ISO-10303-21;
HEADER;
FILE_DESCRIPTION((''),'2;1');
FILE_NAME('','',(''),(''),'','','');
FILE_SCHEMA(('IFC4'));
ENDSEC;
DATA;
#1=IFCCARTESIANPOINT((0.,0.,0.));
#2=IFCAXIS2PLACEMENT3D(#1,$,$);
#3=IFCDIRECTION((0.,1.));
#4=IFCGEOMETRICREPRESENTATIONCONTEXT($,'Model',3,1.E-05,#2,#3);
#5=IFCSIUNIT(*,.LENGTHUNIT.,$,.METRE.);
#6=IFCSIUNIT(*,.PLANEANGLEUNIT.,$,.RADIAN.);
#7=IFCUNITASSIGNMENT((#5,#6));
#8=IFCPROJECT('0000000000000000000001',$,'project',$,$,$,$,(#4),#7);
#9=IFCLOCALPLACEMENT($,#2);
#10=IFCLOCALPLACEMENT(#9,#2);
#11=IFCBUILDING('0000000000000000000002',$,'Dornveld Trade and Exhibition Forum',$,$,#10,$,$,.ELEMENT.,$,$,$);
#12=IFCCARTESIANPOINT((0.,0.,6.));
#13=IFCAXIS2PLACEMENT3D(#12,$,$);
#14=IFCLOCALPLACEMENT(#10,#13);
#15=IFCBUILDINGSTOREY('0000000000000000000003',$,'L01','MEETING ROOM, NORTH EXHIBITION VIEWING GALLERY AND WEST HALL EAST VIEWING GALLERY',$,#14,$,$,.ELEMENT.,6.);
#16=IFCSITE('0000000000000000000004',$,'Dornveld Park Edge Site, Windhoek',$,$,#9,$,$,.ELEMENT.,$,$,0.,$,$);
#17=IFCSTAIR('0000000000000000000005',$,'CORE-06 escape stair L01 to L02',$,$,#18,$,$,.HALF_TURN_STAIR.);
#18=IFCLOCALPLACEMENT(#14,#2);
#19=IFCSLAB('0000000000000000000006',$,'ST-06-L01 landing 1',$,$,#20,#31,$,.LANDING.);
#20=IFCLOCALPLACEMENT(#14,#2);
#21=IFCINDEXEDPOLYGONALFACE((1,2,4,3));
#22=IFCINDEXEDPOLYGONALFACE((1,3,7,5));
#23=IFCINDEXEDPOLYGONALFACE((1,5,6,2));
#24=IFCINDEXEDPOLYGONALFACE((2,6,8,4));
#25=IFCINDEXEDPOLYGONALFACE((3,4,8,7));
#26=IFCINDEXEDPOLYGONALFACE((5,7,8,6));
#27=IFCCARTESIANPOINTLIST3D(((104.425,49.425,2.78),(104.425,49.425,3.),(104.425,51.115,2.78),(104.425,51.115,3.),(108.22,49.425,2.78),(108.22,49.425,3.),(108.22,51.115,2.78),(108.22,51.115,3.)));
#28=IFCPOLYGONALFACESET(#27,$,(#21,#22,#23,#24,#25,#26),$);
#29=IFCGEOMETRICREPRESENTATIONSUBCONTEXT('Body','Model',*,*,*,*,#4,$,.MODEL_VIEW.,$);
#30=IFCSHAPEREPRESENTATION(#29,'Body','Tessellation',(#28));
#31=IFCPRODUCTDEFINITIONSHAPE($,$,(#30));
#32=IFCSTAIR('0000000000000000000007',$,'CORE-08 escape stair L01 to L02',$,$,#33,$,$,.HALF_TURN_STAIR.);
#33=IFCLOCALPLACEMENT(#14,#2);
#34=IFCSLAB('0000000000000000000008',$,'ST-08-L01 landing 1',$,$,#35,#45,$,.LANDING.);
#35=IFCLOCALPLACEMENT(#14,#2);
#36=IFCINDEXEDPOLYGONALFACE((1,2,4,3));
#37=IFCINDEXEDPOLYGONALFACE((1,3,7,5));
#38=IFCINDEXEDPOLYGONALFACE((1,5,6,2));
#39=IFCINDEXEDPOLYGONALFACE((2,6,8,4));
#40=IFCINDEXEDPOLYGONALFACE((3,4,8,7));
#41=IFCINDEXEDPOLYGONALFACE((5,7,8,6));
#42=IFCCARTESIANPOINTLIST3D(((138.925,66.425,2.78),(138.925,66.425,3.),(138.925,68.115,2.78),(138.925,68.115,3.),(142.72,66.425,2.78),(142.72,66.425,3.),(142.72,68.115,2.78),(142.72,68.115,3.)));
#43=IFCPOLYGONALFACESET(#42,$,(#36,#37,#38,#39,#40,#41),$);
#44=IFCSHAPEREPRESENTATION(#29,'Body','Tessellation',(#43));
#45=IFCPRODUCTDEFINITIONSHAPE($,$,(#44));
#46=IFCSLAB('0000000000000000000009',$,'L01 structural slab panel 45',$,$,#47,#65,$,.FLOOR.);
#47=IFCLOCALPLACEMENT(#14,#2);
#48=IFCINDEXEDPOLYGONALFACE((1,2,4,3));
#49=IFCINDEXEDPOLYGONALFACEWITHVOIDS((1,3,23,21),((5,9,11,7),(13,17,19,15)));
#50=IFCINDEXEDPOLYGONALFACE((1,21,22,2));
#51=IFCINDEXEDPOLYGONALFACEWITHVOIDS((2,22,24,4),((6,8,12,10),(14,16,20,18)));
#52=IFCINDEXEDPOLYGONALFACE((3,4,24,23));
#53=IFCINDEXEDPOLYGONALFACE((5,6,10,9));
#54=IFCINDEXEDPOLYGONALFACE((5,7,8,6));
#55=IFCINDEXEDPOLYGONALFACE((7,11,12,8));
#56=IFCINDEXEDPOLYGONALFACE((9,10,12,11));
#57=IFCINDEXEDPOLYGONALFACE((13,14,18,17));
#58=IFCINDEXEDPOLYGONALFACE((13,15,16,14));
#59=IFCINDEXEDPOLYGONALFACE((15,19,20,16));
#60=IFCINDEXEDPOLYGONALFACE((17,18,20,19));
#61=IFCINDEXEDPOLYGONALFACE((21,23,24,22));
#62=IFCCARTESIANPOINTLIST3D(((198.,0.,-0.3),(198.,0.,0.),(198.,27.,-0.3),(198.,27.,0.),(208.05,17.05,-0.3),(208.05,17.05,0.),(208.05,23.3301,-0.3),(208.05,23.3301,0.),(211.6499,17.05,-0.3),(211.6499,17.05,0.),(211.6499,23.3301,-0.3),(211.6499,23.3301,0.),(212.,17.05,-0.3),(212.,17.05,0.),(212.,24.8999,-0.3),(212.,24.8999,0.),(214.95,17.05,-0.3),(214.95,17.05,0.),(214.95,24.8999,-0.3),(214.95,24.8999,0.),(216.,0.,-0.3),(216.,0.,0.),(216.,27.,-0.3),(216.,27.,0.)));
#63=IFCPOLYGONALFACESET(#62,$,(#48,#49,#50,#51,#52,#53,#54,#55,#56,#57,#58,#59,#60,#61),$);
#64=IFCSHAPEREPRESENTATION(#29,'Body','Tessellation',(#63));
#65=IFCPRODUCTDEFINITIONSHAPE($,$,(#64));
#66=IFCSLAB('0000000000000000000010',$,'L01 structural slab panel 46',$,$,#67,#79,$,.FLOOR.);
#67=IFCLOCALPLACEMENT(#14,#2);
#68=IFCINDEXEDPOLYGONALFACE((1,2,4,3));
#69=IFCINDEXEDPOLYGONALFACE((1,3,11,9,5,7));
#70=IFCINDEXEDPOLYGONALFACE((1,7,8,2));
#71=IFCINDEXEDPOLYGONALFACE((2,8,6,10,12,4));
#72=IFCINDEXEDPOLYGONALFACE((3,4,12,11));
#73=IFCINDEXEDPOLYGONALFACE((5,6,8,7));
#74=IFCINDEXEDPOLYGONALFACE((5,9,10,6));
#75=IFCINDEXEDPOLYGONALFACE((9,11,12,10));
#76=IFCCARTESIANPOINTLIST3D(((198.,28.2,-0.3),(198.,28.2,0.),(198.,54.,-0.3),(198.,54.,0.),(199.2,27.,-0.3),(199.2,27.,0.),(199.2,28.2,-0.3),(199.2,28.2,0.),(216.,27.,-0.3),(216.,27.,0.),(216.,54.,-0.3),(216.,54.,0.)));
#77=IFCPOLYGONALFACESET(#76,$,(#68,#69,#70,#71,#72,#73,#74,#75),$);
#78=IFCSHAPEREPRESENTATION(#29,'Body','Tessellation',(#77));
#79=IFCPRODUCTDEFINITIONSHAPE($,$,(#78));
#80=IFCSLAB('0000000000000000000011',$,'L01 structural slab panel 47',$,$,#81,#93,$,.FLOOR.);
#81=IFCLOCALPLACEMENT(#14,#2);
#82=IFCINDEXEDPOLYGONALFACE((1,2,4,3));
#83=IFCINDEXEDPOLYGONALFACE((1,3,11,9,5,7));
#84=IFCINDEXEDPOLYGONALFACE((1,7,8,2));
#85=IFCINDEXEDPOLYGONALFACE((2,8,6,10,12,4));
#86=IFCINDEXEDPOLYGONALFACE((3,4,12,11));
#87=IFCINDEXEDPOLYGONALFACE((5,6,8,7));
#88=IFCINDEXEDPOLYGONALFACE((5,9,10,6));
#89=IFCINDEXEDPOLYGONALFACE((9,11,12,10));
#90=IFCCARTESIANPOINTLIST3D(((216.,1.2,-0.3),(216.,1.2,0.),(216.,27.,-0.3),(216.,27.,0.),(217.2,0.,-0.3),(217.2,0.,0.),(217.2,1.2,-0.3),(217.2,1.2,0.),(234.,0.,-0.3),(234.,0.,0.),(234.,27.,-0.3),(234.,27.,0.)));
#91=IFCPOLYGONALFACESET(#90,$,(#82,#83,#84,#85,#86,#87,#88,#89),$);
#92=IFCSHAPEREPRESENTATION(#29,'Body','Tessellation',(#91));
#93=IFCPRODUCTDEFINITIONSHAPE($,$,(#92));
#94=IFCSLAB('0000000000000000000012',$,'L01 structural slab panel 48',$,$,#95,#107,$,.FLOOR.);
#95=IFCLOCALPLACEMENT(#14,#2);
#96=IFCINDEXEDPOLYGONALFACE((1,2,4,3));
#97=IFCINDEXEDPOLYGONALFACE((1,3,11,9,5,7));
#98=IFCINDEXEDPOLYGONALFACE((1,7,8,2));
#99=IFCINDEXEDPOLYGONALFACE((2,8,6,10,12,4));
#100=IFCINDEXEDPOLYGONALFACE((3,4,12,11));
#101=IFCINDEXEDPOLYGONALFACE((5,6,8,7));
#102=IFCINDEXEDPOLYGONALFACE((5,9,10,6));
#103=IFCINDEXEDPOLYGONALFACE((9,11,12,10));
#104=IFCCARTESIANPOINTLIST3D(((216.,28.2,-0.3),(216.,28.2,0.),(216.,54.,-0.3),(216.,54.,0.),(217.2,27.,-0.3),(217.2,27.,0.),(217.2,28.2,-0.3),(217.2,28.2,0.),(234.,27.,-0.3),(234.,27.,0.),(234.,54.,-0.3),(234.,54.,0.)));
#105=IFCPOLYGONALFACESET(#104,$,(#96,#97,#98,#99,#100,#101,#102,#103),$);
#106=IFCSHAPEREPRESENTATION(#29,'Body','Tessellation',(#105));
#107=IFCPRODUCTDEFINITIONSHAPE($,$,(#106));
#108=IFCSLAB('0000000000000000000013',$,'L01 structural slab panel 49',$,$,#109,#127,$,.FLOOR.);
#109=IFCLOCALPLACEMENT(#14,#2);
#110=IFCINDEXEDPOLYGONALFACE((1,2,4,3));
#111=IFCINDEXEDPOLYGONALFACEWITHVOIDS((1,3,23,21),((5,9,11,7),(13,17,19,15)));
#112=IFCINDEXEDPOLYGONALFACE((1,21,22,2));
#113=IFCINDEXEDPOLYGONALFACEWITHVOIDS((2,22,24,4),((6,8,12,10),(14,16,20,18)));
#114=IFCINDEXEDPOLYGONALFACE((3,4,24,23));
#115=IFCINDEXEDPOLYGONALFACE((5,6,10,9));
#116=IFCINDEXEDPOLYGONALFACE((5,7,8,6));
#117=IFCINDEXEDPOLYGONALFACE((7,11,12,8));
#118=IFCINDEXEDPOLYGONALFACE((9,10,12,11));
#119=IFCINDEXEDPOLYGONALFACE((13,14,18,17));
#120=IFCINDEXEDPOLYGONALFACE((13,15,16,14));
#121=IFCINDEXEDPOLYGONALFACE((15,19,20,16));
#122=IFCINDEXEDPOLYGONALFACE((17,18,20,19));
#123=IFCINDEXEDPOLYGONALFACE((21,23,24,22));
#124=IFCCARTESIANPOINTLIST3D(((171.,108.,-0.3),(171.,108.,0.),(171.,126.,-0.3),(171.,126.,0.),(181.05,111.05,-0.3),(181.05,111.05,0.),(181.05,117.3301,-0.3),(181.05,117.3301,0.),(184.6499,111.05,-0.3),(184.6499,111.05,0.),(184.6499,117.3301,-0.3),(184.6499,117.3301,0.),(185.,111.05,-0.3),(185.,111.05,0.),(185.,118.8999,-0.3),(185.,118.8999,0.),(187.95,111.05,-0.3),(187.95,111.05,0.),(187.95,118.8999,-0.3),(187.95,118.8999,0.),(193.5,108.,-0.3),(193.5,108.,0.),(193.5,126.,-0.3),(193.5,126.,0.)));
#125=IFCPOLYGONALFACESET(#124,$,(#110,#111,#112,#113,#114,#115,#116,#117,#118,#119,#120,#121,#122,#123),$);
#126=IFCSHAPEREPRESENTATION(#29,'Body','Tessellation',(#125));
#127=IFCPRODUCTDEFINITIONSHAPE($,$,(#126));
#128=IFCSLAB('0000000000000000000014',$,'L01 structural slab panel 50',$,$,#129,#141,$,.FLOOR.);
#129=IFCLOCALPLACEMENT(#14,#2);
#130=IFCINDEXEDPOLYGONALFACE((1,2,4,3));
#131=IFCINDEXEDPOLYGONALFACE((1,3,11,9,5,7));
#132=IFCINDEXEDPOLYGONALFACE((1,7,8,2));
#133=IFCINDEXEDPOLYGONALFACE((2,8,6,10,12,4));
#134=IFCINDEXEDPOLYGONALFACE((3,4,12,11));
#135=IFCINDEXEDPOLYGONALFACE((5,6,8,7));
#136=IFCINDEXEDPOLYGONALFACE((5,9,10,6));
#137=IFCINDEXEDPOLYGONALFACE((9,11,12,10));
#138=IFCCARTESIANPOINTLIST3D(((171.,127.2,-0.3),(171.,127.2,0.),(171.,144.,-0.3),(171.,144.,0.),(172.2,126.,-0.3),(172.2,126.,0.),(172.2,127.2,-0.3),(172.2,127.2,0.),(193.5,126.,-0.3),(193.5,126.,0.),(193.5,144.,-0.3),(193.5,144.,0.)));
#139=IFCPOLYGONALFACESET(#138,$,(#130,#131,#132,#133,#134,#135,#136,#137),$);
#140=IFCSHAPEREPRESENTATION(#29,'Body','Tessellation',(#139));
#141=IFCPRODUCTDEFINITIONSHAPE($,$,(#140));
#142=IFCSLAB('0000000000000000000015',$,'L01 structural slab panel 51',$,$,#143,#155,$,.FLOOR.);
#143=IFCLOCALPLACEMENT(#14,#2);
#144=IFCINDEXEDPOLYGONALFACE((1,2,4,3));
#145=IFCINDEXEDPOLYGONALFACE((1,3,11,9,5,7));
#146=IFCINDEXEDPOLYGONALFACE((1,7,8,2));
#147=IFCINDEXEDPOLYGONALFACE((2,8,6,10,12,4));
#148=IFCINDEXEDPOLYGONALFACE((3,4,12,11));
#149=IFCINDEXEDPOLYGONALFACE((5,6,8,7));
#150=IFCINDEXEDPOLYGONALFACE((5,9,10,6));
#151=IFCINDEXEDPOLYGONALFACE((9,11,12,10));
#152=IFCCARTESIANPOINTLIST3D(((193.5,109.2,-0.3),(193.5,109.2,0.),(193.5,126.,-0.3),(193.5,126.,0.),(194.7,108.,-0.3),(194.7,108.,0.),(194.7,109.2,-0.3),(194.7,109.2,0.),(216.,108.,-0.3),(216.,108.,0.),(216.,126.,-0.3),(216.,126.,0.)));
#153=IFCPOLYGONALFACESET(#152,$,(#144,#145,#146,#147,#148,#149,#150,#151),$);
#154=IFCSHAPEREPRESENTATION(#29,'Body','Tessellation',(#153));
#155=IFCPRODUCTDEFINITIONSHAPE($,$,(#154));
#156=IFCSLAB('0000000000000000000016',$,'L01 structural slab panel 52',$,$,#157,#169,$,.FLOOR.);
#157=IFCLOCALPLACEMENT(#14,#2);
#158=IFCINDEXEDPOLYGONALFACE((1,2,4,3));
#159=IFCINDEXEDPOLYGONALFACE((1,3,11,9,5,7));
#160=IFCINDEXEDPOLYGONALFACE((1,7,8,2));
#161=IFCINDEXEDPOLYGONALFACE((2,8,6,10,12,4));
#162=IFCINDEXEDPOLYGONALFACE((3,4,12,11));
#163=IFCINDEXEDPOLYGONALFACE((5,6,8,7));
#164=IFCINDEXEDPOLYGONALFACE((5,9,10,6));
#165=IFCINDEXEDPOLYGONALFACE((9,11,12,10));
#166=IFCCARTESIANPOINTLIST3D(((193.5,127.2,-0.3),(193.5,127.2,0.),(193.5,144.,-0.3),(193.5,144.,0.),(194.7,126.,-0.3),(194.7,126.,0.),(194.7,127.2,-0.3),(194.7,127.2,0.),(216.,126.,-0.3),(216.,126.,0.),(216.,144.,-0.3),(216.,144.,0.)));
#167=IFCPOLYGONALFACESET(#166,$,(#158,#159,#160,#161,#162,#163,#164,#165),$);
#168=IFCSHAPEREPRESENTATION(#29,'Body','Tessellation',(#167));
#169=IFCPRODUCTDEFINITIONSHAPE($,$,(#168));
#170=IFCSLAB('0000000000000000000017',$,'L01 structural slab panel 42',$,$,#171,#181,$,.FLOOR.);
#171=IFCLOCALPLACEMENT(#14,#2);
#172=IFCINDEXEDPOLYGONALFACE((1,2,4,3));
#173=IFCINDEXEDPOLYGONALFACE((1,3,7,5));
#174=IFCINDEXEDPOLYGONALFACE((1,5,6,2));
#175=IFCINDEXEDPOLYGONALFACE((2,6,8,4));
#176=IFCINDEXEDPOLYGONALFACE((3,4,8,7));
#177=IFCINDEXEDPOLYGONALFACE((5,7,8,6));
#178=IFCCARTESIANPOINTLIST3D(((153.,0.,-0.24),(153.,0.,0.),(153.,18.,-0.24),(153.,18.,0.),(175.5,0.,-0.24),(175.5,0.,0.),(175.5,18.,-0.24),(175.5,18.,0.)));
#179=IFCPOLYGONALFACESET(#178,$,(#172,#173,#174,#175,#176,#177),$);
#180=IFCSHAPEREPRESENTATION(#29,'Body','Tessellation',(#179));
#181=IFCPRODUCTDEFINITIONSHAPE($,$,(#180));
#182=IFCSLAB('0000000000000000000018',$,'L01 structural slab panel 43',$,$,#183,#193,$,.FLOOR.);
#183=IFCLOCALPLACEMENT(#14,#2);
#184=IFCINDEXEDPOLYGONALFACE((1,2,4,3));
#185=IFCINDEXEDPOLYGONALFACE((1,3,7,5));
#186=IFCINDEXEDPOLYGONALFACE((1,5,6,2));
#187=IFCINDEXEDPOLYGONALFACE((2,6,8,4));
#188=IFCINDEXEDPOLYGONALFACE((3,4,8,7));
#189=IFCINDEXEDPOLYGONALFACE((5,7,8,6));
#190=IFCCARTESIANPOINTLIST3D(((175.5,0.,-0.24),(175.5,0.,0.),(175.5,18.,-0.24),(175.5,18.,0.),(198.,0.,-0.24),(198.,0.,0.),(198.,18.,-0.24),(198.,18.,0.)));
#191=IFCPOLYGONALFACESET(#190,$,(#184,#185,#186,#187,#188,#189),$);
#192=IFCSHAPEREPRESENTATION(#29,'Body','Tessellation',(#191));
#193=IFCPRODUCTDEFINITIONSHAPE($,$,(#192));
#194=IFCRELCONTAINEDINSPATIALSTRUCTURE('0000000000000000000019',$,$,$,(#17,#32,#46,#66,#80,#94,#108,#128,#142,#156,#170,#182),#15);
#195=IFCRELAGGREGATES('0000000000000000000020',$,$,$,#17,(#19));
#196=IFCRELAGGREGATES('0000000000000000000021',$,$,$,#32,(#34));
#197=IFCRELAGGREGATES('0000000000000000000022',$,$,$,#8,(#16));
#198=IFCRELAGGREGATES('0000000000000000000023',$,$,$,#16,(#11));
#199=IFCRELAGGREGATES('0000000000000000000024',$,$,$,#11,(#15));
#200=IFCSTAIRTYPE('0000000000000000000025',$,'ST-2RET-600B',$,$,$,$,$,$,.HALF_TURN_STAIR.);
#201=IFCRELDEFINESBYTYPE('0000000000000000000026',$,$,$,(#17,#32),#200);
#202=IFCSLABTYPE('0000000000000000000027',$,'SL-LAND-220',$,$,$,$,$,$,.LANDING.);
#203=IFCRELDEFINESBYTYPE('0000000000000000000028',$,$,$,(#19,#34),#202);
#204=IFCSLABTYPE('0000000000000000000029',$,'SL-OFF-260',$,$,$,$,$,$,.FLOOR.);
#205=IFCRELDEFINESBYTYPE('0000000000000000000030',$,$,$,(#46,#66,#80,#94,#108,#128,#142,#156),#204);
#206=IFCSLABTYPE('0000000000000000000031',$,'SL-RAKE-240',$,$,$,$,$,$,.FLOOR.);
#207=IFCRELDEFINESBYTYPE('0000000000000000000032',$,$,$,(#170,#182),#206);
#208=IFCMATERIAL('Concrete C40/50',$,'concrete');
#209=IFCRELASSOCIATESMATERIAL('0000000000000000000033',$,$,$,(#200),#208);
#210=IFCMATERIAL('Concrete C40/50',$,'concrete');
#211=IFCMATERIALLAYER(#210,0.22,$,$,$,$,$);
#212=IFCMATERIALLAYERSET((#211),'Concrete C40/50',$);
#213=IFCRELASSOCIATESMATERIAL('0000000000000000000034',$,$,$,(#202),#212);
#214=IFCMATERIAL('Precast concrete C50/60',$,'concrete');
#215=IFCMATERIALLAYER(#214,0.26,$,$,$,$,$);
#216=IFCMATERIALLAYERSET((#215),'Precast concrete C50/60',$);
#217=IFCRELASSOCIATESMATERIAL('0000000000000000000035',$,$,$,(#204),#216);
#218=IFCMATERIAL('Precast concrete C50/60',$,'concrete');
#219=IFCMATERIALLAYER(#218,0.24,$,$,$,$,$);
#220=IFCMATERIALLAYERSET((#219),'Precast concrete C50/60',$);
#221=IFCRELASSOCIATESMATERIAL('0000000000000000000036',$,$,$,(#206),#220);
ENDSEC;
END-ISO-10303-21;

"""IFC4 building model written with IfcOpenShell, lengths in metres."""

from ifc_helpers import new_model, si_unit, direction, frame, origin, place, context, subcontext, project, spatial, polyline, outline, extrude, material, layer, layer_set, type_object, element, aggregate, save


model = new_model("IFC4")

# Units and contexts
model_context = context("Model", 3, precision=1e-05, world=origin(), true_north=direction((0.0, 1.0)))
body_context = subcontext(model_context, "Body", "Model", "MODEL_VIEW")
ifc_project = project(units=[si_unit("LENGTHUNIT", "METRE"), si_unit("PLANEANGLEUNIT", "RADIAN")], contexts=[model_context])

# Site, building, storey
site_placement = place(None, origin())
site = spatial("IfcSite", under=ifc_project, at=site_placement, Name="Dornveld Park Edge Site, Windhoek", CompositionType="ELEMENT", RefElevation=0.0)
building_placement = place(site_placement, origin())
building = spatial("IfcBuilding", under=site, at=building_placement, Name="Dornveld Trade and Exhibition Forum", CompositionType="ELEMENT")
storey_placement = place(building_placement, frame((0.0, 0.0, 6.0)))
storey = spatial("IfcBuildingStorey", under=building, at=storey_placement, Name="L01", Description="MEETING ROOM, NORTH EXHIBITION VIEWING GALLERY AND WEST HALL EAST VIEWING GALLERY", CompositionType="ELEMENT", Elevation=6.0)

# Stairs, slabs
ifc_material_1 = material(Name="Concrete C40/50", Category="concrete")
stair_type_1 = type_object("IfcStairType", Name="ST-2RET-600B", PredefinedType="HALF_TURN_STAIR", material=ifc_material_1)
ifc_material_2 = material(Name="Concrete C40/50", Category="concrete")
ifc_layer_1 = layer(ifc_material_2, 0.22)
ifc_layer_set_1 = layer_set([ifc_layer_1], Name="Concrete C40/50")
slab_type_1 = type_object("IfcSlabType", Name="SL-LAND-220", PredefinedType="LANDING", material=ifc_layer_set_1)
stair_1_placement = place(storey_placement, origin())
stair_1 = element("IfcStair", 1, at=stair_1_placement, inside=storey, type_object=stair_type_1, Name="CORE-06 escape stair L01 to L02", PredefinedType="HALF_TURN_STAIR")
slab_1_placement = place(storey_placement, frame((0.0, 0.0, 2.78)))
slab_1 = element("IfcSlab", 2, at=slab_1_placement, type_object=slab_type_1, Name="ST-06-L01 landing 1", PredefinedType="LANDING", context=body_context, shape_type="SweptSolid", body=[
    extrude(outline(polyline([(104.425, 49.425), (108.22, 49.425), (108.22, 51.115), (104.425, 51.115), (104.425, 49.425)])), origin(), (0.0, 0.0, 1.0), 0.22),
])
aggregate(stair_1, [slab_1])
stair_2_placement = place(storey_placement, origin())
stair_2 = element("IfcStair", 3, at=stair_2_placement, inside=storey, type_object=stair_type_1, Name="CORE-08 escape stair L01 to L02", PredefinedType="HALF_TURN_STAIR")
slab_2_placement = place(storey_placement, frame((0.0, 0.0, 2.78)))
slab_2 = element("IfcSlab", 4, at=slab_2_placement, type_object=slab_type_1, Name="ST-08-L01 landing 1", PredefinedType="LANDING", context=body_context, shape_type="SweptSolid", body=[
    extrude(outline(polyline([(138.925, 66.425), (142.72, 66.425), (142.72, 68.115), (138.925, 68.115), (138.925, 66.425)])), origin(), (0.0, 0.0, 1.0), 0.22),
])
aggregate(stair_2, [slab_2])

# Slabs
ifc_material_3 = material(Name="Precast concrete C50/60", Category="concrete")
ifc_layer_2 = layer(ifc_material_3, 0.26)
ifc_layer_set_2 = layer_set([ifc_layer_2], Name="Precast concrete C50/60")
slab_type_2 = type_object("IfcSlabType", Name="SL-OFF-260", PredefinedType="FLOOR", material=ifc_layer_set_2)
slab_3_placement = place(storey_placement, frame((0.0, 0.0, -0.3)))
element("IfcSlab", 5, at=slab_3_placement, inside=storey, type_object=slab_type_2, Name="L01 structural slab panel 45", PredefinedType="FLOOR", context=body_context, shape_type="SweptSolid", body=[
    extrude(outline(polyline([(198.0, 0.0), (216.0, 0.0), (216.0, 27.0), (198.0, 27.0), (198.0, 0.0)]), holes=[polyline([(208.05, 17.05), (211.6499, 17.05), (211.6499, 23.3301), (208.05, 23.3301), (208.05, 17.05)]), polyline([(212.0, 17.05), (214.95, 17.05), (214.95, 24.8999), (212.0, 24.8999), (212.0, 17.05)])]), origin(), (0.0, 0.0, 1.0), 0.3),
])
slab_4_placement = place(storey_placement, frame((0.0, 0.0, -0.3)))
element("IfcSlab", 6, at=slab_4_placement, inside=storey, type_object=slab_type_2, Name="L01 structural slab panel 46", PredefinedType="FLOOR", context=body_context, shape_type="SweptSolid", body=[
    extrude(outline(polyline([(199.2, 27.0), (216.0, 27.0), (216.0, 54.0), (198.0, 54.0), (198.0, 28.2), (199.2, 28.2), (199.2, 27.0)])), origin(), (0.0, 0.0, 1.0), 0.3),
])
slab_5_placement = place(storey_placement, frame((0.0, 0.0, -0.3)))
element("IfcSlab", 7, at=slab_5_placement, inside=storey, type_object=slab_type_2, Name="L01 structural slab panel 47", PredefinedType="FLOOR", context=body_context, shape_type="SweptSolid", body=[
    extrude(outline(polyline([(217.2, 0.0), (234.0, 0.0), (234.0, 27.0), (216.0, 27.0), (216.0, 1.2), (217.2, 1.2), (217.2, 0.0)])), origin(), (0.0, 0.0, 1.0), 0.3),
])
slab_6_placement = place(storey_placement, frame((0.0, 0.0, -0.3)))
element("IfcSlab", 8, at=slab_6_placement, inside=storey, type_object=slab_type_2, Name="L01 structural slab panel 48", PredefinedType="FLOOR", context=body_context, shape_type="SweptSolid", body=[
    extrude(outline(polyline([(217.2, 27.0), (234.0, 27.0), (234.0, 54.0), (216.0, 54.0), (216.0, 28.2), (217.2, 28.2), (217.2, 27.0)])), origin(), (0.0, 0.0, 1.0), 0.3),
])
slab_7_placement = place(storey_placement, frame((0.0, 0.0, -0.3)))
element("IfcSlab", 9, at=slab_7_placement, inside=storey, type_object=slab_type_2, Name="L01 structural slab panel 49", PredefinedType="FLOOR", context=body_context, shape_type="SweptSolid", body=[
    extrude(outline(polyline([(171.0, 108.0), (193.5, 108.0), (193.5, 126.0), (171.0, 126.0), (171.0, 108.0)]), holes=[polyline([(181.05, 111.05), (184.6499, 111.05), (184.6499, 117.3301), (181.05, 117.3301), (181.05, 111.05)]), polyline([(185.0, 111.05), (187.95, 111.05), (187.95, 118.8999), (185.0, 118.8999), (185.0, 111.05)])]), origin(), (0.0, 0.0, 1.0), 0.3),
])
slab_8_placement = place(storey_placement, frame((0.0, 0.0, -0.3)))
element("IfcSlab", 10, at=slab_8_placement, inside=storey, type_object=slab_type_2, Name="L01 structural slab panel 50", PredefinedType="FLOOR", context=body_context, shape_type="SweptSolid", body=[
    extrude(outline(polyline([(172.2, 126.0), (193.5, 126.0), (193.5, 144.0), (171.0, 144.0), (171.0, 127.2), (172.2, 127.2), (172.2, 126.0)])), origin(), (0.0, 0.0, 1.0), 0.3),
])
slab_9_placement = place(storey_placement, frame((0.0, 0.0, -0.3)))
element("IfcSlab", 11, at=slab_9_placement, inside=storey, type_object=slab_type_2, Name="L01 structural slab panel 51", PredefinedType="FLOOR", context=body_context, shape_type="SweptSolid", body=[
    extrude(outline(polyline([(194.7, 108.0), (216.0, 108.0), (216.0, 126.0), (193.5, 126.0), (193.5, 109.2), (194.7, 109.2), (194.7, 108.0)])), origin(), (0.0, 0.0, 1.0), 0.3),
])
slab_10_placement = place(storey_placement, frame((0.0, 0.0, -0.3)))
element("IfcSlab", 12, at=slab_10_placement, inside=storey, type_object=slab_type_2, Name="L01 structural slab panel 52", PredefinedType="FLOOR", context=body_context, shape_type="SweptSolid", body=[
    extrude(outline(polyline([(194.7, 126.0), (216.0, 126.0), (216.0, 144.0), (193.5, 144.0), (193.5, 127.2), (194.7, 127.2), (194.7, 126.0)])), origin(), (0.0, 0.0, 1.0), 0.3),
])
ifc_material_4 = material(Name="Precast concrete C50/60", Category="concrete")
ifc_layer_3 = layer(ifc_material_4, 0.24)
ifc_layer_set_3 = layer_set([ifc_layer_3], Name="Precast concrete C50/60")
slab_type_3 = type_object("IfcSlabType", Name="SL-RAKE-240", PredefinedType="FLOOR", material=ifc_layer_set_3)
slab_11_placement = place(storey_placement, frame((0.0, 0.0, -0.24)))
element("IfcSlab", 13, at=slab_11_placement, inside=storey, type_object=slab_type_3, Name="L01 structural slab panel 42", PredefinedType="FLOOR", context=body_context, shape_type="SweptSolid", body=[
    extrude(outline(polyline([(153.0, 0.0), (175.5, 0.0), (175.5, 18.0), (153.0, 18.0), (153.0, 0.0)])), origin(), (0.0, 0.0, 1.0), 0.24),
])
slab_12_placement = place(storey_placement, frame((0.0, 0.0, -0.24)))
element("IfcSlab", 14, at=slab_12_placement, inside=storey, type_object=slab_type_3, Name="L01 structural slab panel 43", PredefinedType="FLOOR", context=body_context, shape_type="SweptSolid", body=[
    extrude(outline(polyline([(175.5, 0.0), (198.0, 0.0), (198.0, 18.0), (175.5, 18.0), (175.5, 0.0)])), origin(), (0.0, 0.0, 1.0), 0.24),
])

save(model, "model.ifc")
